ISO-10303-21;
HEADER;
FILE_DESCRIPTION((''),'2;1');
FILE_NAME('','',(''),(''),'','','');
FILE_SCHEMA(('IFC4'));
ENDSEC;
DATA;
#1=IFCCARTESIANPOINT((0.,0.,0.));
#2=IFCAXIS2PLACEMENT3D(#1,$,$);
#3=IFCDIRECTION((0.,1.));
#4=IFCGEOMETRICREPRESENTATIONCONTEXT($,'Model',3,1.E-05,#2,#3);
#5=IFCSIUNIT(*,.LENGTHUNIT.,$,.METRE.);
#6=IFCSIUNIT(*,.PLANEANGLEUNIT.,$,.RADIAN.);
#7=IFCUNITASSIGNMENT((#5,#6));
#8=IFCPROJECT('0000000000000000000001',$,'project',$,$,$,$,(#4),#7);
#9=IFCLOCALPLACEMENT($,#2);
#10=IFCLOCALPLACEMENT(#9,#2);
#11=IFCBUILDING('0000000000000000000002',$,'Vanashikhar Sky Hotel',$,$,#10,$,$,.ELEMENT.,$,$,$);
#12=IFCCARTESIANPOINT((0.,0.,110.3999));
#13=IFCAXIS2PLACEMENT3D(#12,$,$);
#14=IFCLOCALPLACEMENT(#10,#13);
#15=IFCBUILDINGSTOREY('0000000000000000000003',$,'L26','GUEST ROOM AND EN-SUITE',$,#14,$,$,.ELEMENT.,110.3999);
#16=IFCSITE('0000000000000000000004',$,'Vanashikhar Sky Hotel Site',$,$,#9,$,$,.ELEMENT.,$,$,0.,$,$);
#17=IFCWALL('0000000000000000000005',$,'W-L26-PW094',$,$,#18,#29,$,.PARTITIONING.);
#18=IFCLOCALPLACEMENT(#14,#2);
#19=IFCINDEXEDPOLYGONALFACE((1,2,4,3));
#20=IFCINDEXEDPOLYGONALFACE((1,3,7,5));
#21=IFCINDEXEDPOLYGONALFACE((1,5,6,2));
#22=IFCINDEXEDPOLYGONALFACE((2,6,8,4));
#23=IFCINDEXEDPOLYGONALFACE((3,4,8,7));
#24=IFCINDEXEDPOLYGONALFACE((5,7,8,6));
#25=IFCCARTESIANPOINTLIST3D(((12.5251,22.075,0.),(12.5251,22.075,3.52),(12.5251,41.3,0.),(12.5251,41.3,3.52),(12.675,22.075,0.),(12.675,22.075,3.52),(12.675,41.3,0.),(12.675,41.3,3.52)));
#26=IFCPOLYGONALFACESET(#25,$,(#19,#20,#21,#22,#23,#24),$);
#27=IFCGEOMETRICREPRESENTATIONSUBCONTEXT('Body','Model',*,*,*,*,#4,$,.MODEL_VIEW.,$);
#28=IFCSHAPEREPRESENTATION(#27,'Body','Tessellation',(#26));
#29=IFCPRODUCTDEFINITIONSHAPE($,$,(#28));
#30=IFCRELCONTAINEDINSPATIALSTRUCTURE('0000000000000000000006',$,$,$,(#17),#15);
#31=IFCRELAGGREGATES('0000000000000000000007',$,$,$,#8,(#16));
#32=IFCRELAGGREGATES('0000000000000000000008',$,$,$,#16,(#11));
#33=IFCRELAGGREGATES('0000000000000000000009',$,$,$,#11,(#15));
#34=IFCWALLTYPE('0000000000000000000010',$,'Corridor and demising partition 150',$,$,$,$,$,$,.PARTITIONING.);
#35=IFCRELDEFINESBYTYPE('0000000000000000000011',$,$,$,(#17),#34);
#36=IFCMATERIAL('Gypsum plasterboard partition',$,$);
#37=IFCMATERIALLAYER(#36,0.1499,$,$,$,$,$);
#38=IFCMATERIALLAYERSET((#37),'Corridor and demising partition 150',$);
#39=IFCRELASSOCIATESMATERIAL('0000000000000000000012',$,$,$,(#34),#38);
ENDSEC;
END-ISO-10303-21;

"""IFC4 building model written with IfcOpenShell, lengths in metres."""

from ifc_helpers import new_model, si_unit, direction, frame, frame_2d, origin, place, context, subcontext, project, spatial, rectangle, extrude, source, transform, mapped, material, layer, layer_set, type_object, element, save


model = new_model("IFC4")

# Units and contexts
model_context = context("Model", 3, precision=1e-05, world=origin(), true_north=direction((0.0, 1.0)))
body_context = subcontext(model_context, "Body", "Model", "MODEL_VIEW")
ifc_project = project(units=[si_unit("LENGTHUNIT", "METRE"), si_unit("PLANEANGLEUNIT", "RADIAN")], contexts=[model_context])

# Site, building, storey
site_placement = place(None, origin())
site = spatial("IfcSite", under=ifc_project, at=site_placement, Name="Vanashikhar Sky Hotel Site", CompositionType="ELEMENT", RefElevation=0.0)
building_placement = place(site_placement, origin())
building = spatial("IfcBuilding", under=site, at=building_placement, Name="Vanashikhar Sky Hotel", CompositionType="ELEMENT")
storey_placement = place(building_placement, frame((0.0, 0.0, 110.3999)))
storey = spatial("IfcBuildingStorey", under=building, at=storey_placement, Name="L26", Description="GUEST ROOM AND EN-SUITE", CompositionType="ELEMENT", Elevation=110.3999)

# Shared definitions
ifc_material_1 = material(Name="Gypsum plasterboard partition")
ifc_layer_1 = layer(ifc_material_1, 0.1499)
ifc_layer_set_1 = layer_set([ifc_layer_1], Name="Corridor and demising partition 150")
wall_type_1 = type_object("IfcWallType", Name="Corridor and demising partition 150", PredefinedType="PARTITIONING", material=ifc_layer_set_1)

# Wall
shared_shape_1 = source(origin(), body_context, "Body", "SweptSolid", [
    extrude(rectangle(XDim=19.2251, YDim=0.1499, at=frame_2d((9.6125, 0.0))), origin(), (0.0, 0.0, 1.0), 3.52),
])
wall_1_placement = place(storey_placement, frame((12.6001, 22.075, 0.0), z_axis=(0.0, 0.0, 1.0), x_axis=(0.0, 1.0, 0.0)))
element("IfcWall", 1, at=wall_1_placement, inside=storey, type_object=wall_type_1, Name="W-L26-PW094", PredefinedType="PARTITIONING", context=body_context, shape_type="MappedRepresentation", body=[
    mapped(shared_shape_1, transform((0.0, 0.0, 0.0), scale=1.0)),
])

save(model, "model.ifc")
